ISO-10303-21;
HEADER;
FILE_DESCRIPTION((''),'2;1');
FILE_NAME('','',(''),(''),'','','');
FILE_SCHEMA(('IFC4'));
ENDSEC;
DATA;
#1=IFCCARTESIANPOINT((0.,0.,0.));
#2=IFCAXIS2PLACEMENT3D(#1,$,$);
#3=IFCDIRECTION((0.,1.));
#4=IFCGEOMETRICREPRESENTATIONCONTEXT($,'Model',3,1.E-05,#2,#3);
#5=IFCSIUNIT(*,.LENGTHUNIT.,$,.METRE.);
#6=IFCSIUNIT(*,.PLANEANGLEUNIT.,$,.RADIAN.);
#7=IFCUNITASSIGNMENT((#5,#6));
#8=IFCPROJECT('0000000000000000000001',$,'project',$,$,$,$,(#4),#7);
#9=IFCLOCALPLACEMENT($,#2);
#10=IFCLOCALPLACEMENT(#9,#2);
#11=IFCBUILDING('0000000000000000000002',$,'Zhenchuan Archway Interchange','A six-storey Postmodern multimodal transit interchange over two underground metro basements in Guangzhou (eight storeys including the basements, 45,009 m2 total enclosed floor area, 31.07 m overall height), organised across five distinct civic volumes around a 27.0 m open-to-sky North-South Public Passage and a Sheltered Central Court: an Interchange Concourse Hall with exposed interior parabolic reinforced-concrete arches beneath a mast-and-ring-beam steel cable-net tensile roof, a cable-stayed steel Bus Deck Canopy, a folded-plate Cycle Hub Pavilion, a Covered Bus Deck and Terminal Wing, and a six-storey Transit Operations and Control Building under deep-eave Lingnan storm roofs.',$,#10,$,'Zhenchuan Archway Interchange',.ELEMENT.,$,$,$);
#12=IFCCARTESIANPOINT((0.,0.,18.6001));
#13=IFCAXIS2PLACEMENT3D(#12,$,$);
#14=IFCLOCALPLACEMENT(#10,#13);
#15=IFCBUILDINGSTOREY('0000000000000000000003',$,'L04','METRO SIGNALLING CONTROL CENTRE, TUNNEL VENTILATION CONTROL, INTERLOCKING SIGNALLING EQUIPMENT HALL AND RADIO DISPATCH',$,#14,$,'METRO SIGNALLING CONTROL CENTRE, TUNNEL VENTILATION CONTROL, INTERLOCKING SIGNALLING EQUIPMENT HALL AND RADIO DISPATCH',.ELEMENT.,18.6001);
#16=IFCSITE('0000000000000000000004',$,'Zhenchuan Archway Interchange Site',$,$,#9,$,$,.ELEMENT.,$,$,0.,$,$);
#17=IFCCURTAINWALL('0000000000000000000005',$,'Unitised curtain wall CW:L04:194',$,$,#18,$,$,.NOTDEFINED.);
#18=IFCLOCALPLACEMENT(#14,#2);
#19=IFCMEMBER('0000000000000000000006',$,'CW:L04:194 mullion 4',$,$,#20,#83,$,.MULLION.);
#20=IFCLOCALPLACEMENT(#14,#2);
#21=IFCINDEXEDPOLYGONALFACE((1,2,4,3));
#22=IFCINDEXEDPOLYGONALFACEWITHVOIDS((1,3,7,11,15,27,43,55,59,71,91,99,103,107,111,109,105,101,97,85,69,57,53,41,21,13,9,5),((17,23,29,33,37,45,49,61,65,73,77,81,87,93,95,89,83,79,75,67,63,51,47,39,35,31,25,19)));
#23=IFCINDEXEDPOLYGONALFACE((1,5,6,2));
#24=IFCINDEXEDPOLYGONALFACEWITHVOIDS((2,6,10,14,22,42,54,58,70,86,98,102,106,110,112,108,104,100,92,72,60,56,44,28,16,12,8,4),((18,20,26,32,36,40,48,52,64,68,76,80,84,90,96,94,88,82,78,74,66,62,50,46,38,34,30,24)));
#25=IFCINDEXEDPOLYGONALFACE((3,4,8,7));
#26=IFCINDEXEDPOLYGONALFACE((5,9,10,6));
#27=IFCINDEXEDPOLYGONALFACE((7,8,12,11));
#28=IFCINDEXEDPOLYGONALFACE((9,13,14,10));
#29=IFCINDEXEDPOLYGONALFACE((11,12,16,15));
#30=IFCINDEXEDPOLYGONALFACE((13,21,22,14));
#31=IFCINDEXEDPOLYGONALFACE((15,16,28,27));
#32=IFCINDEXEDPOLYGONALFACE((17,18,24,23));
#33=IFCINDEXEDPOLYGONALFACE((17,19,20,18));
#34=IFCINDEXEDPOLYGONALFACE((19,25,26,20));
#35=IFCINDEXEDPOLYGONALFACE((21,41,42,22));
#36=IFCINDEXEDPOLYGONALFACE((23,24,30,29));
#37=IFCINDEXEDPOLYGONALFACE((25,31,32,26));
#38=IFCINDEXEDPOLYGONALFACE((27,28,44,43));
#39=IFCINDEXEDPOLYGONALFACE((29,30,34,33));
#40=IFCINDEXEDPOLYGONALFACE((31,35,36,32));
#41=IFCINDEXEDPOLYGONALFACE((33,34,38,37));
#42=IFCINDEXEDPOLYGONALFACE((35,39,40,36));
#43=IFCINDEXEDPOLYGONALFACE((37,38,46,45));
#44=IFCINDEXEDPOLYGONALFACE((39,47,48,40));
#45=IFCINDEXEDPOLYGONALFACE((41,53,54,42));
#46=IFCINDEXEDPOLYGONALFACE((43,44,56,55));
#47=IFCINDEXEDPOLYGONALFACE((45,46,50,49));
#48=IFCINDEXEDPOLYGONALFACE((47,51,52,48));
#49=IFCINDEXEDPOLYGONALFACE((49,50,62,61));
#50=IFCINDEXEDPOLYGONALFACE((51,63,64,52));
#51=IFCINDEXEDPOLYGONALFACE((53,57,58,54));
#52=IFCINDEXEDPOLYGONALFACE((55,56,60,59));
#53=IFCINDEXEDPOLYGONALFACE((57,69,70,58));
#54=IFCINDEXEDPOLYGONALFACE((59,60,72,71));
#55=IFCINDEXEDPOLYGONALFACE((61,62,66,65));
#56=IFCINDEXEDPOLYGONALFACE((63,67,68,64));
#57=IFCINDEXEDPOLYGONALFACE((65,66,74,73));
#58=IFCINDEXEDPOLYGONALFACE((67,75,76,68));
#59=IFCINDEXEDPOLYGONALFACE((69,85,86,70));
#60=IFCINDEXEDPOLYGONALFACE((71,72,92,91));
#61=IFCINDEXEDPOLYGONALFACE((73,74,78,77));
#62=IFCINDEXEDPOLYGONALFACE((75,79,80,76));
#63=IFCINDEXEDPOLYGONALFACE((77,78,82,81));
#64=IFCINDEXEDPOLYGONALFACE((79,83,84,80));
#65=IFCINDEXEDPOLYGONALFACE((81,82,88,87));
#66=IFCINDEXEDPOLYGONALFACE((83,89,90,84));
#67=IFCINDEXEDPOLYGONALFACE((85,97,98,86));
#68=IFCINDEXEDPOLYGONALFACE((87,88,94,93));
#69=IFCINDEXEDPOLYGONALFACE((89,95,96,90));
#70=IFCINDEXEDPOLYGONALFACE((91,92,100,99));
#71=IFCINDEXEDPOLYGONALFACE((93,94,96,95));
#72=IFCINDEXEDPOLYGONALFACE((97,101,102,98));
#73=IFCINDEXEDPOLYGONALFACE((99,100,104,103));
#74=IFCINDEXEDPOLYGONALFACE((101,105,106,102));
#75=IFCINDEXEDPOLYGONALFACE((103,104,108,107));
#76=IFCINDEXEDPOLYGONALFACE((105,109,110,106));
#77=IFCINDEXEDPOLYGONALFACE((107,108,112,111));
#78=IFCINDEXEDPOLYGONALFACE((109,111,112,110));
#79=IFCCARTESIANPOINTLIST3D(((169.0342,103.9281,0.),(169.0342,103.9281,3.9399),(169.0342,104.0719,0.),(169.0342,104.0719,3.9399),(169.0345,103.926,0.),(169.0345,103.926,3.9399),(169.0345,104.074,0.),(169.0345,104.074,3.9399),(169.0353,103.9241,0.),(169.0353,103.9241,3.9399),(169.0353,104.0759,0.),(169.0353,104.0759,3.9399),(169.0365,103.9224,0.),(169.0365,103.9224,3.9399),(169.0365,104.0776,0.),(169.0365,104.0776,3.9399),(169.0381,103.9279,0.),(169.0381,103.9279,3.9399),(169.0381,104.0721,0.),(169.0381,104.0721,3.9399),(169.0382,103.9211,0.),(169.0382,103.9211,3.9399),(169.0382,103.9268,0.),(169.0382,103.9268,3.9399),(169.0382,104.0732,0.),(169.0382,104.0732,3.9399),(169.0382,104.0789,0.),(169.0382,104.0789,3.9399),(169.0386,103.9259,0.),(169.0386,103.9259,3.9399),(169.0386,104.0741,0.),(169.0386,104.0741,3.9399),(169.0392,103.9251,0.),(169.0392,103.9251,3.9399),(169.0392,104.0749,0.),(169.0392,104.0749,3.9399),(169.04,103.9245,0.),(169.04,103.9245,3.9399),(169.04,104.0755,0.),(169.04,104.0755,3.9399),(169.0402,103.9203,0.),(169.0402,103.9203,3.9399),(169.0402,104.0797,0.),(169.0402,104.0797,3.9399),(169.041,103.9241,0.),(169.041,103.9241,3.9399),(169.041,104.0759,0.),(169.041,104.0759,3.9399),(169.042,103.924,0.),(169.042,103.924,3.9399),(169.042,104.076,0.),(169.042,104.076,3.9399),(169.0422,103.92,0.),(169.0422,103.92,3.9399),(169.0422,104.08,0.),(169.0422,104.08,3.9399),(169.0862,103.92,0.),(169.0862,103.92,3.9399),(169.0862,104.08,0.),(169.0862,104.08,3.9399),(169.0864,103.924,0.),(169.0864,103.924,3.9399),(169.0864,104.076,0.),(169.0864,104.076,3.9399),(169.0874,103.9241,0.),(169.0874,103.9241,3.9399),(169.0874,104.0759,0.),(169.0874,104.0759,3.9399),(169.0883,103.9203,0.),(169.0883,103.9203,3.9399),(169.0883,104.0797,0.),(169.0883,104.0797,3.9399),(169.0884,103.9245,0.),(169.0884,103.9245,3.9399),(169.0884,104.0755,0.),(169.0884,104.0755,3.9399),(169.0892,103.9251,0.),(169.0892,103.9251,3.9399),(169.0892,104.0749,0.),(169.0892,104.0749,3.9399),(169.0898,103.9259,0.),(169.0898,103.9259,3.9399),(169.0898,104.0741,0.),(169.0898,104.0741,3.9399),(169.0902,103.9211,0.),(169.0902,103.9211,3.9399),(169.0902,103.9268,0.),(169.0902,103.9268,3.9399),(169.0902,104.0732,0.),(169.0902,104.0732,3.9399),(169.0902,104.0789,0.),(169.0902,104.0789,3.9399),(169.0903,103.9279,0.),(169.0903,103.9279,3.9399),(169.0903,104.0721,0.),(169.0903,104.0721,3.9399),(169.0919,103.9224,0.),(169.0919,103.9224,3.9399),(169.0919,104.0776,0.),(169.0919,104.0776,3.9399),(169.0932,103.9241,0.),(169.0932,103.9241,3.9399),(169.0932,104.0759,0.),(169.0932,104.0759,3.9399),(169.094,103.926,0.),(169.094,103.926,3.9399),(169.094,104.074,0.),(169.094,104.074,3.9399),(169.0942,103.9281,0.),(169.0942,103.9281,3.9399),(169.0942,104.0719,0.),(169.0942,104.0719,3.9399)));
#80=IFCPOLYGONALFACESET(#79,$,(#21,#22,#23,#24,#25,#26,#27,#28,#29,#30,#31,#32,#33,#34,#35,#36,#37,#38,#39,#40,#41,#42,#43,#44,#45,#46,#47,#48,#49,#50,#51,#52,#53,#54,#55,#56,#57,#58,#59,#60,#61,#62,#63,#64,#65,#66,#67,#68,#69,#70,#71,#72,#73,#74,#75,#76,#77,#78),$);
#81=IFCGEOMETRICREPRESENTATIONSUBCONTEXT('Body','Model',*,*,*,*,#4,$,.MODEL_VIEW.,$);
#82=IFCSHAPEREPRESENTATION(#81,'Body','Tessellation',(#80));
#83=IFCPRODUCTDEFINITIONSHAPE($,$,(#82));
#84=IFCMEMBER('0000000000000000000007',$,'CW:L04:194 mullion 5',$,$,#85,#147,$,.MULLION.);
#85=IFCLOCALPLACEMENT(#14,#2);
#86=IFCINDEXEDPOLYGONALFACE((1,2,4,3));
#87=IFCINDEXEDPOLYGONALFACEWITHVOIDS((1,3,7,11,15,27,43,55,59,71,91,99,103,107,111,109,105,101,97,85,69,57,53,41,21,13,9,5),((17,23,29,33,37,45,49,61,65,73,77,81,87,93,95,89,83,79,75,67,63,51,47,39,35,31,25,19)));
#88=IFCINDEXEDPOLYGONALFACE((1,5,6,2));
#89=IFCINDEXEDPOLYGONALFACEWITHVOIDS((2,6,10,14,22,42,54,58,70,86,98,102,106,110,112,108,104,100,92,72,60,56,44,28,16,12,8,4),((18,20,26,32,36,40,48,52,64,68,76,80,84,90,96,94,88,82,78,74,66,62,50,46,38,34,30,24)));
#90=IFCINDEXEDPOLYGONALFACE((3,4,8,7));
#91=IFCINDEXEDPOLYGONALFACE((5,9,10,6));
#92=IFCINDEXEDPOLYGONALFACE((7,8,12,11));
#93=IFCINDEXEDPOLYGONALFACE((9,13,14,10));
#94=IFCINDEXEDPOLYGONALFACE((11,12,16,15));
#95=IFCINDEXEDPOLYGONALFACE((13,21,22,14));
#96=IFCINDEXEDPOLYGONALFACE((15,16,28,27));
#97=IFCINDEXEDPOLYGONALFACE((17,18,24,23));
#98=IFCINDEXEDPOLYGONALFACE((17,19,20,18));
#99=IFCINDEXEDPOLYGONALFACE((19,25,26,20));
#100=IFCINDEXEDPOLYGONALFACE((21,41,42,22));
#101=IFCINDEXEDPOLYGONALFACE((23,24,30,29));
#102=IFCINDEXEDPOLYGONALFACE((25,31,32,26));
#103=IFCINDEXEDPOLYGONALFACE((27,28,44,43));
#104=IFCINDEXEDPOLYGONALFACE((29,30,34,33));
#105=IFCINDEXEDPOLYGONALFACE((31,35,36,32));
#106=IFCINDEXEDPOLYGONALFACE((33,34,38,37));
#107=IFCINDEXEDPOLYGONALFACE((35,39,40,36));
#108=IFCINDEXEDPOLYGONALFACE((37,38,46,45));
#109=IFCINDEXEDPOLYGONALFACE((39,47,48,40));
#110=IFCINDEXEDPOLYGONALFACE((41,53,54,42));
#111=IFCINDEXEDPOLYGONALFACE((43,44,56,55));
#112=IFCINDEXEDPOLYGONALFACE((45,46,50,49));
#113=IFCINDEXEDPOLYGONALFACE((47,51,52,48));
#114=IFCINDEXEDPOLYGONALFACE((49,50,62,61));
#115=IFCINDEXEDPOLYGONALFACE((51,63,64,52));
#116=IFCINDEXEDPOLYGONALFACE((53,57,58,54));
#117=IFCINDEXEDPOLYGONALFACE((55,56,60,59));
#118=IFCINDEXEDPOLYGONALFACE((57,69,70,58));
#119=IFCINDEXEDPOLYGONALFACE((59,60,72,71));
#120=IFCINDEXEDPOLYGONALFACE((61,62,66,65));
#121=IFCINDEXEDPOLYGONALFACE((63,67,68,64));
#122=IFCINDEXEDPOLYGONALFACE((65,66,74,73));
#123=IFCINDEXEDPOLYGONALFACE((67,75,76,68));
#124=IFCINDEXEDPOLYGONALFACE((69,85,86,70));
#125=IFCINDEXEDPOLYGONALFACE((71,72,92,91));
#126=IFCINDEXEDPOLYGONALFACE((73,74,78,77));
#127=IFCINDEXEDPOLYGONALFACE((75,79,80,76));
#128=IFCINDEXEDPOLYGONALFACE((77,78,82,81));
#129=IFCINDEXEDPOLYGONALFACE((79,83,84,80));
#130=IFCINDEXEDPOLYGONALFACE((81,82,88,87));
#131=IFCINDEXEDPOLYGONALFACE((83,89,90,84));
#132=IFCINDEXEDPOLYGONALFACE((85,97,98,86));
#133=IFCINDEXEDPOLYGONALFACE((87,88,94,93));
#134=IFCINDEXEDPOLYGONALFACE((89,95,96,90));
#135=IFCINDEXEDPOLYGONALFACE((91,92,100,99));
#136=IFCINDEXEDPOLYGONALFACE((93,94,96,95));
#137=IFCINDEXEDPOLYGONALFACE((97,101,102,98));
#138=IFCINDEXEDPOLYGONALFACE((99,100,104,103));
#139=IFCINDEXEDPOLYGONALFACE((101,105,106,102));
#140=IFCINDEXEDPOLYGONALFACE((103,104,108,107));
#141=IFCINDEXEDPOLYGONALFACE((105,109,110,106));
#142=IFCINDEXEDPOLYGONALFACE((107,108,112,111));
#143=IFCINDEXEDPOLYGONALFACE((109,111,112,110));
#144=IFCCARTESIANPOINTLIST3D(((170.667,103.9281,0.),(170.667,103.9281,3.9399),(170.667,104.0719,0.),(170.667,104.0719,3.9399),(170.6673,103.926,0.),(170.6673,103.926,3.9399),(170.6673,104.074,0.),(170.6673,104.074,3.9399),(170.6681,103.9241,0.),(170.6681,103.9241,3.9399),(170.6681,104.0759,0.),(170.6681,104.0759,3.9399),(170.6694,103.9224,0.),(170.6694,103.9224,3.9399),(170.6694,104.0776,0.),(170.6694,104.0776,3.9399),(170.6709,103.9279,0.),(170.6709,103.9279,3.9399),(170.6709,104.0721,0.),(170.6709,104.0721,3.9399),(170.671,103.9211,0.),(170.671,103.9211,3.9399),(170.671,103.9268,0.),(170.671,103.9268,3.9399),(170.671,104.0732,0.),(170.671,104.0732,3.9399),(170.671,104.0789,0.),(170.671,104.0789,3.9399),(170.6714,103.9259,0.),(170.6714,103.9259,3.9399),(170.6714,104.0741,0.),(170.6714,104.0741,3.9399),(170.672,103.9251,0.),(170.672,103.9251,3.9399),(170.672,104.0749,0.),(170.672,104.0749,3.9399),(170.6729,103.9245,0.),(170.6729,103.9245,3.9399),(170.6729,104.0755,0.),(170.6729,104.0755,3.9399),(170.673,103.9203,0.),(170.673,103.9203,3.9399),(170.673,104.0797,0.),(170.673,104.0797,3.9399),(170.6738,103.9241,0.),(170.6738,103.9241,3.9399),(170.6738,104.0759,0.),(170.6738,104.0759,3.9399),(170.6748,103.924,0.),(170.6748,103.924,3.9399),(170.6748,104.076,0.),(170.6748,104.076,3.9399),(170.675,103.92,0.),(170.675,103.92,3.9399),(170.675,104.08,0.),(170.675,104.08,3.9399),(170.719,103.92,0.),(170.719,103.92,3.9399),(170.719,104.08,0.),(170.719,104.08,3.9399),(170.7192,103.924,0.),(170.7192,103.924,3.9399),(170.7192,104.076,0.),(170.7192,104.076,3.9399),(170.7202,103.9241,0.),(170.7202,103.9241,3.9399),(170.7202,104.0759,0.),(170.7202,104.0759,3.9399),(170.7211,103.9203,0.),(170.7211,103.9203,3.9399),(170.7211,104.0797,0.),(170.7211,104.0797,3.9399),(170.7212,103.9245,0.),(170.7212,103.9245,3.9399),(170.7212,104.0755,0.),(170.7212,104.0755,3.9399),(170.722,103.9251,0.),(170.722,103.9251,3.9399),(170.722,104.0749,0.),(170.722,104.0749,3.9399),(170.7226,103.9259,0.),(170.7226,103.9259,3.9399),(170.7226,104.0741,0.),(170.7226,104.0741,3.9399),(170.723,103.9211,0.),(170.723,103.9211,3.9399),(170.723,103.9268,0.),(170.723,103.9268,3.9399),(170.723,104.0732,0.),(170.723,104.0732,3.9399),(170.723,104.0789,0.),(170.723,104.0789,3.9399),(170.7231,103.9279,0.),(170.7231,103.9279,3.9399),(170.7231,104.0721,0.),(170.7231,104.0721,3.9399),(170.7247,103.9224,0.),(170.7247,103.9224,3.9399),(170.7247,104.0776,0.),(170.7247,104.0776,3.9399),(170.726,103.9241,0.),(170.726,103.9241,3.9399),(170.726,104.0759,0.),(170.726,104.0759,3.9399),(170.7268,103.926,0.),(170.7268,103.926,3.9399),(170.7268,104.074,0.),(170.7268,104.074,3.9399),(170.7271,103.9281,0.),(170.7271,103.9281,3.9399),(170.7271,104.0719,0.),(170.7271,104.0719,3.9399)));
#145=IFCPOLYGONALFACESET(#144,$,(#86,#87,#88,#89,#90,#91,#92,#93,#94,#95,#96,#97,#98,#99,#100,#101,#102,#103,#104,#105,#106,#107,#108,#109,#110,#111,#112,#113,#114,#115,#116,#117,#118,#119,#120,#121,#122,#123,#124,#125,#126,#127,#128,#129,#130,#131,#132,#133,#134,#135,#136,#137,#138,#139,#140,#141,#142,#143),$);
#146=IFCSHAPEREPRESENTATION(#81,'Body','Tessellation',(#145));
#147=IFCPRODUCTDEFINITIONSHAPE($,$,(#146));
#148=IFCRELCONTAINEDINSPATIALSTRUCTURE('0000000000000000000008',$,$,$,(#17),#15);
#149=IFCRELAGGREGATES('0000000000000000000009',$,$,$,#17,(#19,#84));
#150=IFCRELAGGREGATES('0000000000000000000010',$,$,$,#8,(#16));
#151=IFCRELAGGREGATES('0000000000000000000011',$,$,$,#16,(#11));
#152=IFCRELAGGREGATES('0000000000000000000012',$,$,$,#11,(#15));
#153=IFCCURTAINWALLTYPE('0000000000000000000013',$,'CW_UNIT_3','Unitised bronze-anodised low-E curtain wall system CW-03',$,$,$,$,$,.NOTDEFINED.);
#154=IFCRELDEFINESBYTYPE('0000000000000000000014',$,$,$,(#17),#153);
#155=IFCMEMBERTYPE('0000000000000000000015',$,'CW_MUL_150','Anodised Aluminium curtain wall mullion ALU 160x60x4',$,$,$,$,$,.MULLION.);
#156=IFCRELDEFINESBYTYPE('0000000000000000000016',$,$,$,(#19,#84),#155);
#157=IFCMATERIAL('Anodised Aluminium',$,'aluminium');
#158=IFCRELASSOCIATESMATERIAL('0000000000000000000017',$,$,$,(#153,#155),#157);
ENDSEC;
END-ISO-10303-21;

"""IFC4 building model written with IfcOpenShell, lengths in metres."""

from ifc_helpers import new_model, si_unit, direction, frame, origin, origin_2d, place, context, subcontext, project, spatial, hollow_rectangle, extrude, material, material_profile, profile_set, type_object, element, aggregate, save


model = new_model("IFC4")

# Units and contexts
model_context = context("Model", 3, precision=1e-05, world=origin(), true_north=direction((0.0, 1.0)))
body_context = subcontext(model_context, "Body", "Model", "MODEL_VIEW")
ifc_project = project(units=[si_unit("LENGTHUNIT", "METRE"), si_unit("PLANEANGLEUNIT", "RADIAN")], contexts=[model_context])

# Site, building, storey
site_placement = place(None, origin())
site = spatial("IfcSite", under=ifc_project, at=site_placement, Name="Zhenchuan Archway Interchange Site", CompositionType="ELEMENT", RefElevation=0.0)
building_placement = place(site_placement, origin())
building = spatial("IfcBuilding", under=site, at=building_placement, Name="Zhenchuan Archway Interchange", Description="A six-storey Postmodern multimodal transit interchange over two underground metro basements in Guangzhou (eight storeys including the basements, 45,009 m2 total enclosed floor area, 31.07 m overall height), organised across five distinct civic volumes around a 27.0 m open-to-sky North-South Public Passage and a Sheltered Central Court: an Interchange Concourse Hall with exposed interior parabolic reinforced-concrete arches beneath a mast-and-ring-beam steel cable-net tensile roof, a cable-stayed steel Bus Deck Canopy, a folded-plate Cycle Hub Pavilion, a Covered Bus Deck and Terminal Wing, and a six-storey Transit Operations and Control Building under deep-eave Lingnan storm roofs.", LongName="Zhenchuan Archway Interchange", CompositionType="ELEMENT")
storey_placement = place(building_placement, frame((0.0, 0.0, 18.6001)))
storey = spatial("IfcBuildingStorey", under=building, at=storey_placement, Name="L04", Description="METRO SIGNALLING CONTROL CENTRE, TUNNEL VENTILATION CONTROL, INTERLOCKING SIGNALLING EQUIPMENT HALL AND RADIO DISPATCH", LongName="METRO SIGNALLING CONTROL CENTRE, TUNNEL VENTILATION CONTROL, INTERLOCKING SIGNALLING EQUIPMENT HALL AND RADIO DISPATCH", CompositionType="ELEMENT", Elevation=18.6001)

# Curtain wall, members
ifc_material_1 = material(Name="Anodised Aluminium", Category="aluminium")
curtain_wall_type = type_object("IfcCurtainWallType", Name="CW_UNIT_3", Description="Unitised bronze-anodised low-E curtain wall system CW-03", PredefinedType="NOTDEFINED", material=ifc_material_1)
curtain_wall_placement = place(storey_placement, origin())
curtain_wall = element("IfcCurtainWall", 1, at=curtain_wall_placement, inside=storey, type_object=curtain_wall_type, Name="Unitised curtain wall CW:L04:194", PredefinedType="NOTDEFINED")
ifc_material_profile_1 = material_profile(ifc_material_1, hollow_rectangle(XDim=0.0601, YDim=0.1599, WallThickness=0.0039, InnerFilletRadius=0.0039, OuterFilletRadius=0.0081, at=origin_2d()), Name="ALU 160x60x4")
ifc_profile_set_1 = profile_set([ifc_material_profile_1], Name="Anodised Aluminium")
member_type_1 = type_object("IfcMemberType", Name="CW_MUL_150", Description="Anodised Aluminium curtain wall mullion ALU 160x60x4", PredefinedType="MULLION", material=ifc_profile_set_1)
member_1_placement = place(storey_placement, frame((169.0642, 104.0, 0.0), z_axis=(0.0, 0.0, 1.0), x_axis=(1.0, 0.0, 0.0)))
member_1 = element("IfcMember", 2, at=member_1_placement, type_object=member_type_1, Name="CW:L04:194 mullion 4", PredefinedType="MULLION", context=body_context, shape_type="SweptSolid", body=[
    extrude(hollow_rectangle(XDim=0.0601, YDim=0.1599, WallThickness=0.0039, InnerFilletRadius=0.0039, OuterFilletRadius=0.0081, at=origin_2d()), origin(), (0.0, 0.0, 1.0), 3.9399),
])
member_2_placement = place(storey_placement, frame((170.697, 104.0, 0.0), z_axis=(0.0, 0.0, 1.0), x_axis=(1.0, 0.0, 0.0)))
member_2 = element("IfcMember", 3, at=member_2_placement, type_object=member_type_1, Name="CW:L04:194 mullion 5", PredefinedType="MULLION", context=body_context, shape_type="SweptSolid", body=[
    extrude(hollow_rectangle(XDim=0.0601, YDim=0.1599, WallThickness=0.0039, InnerFilletRadius=0.0039, OuterFilletRadius=0.0081, at=origin_2d()), origin(), (0.0, 0.0, 1.0), 3.9399),
])

aggregate(curtain_wall, [member_1, member_2])

save(model, "model.ifc")
